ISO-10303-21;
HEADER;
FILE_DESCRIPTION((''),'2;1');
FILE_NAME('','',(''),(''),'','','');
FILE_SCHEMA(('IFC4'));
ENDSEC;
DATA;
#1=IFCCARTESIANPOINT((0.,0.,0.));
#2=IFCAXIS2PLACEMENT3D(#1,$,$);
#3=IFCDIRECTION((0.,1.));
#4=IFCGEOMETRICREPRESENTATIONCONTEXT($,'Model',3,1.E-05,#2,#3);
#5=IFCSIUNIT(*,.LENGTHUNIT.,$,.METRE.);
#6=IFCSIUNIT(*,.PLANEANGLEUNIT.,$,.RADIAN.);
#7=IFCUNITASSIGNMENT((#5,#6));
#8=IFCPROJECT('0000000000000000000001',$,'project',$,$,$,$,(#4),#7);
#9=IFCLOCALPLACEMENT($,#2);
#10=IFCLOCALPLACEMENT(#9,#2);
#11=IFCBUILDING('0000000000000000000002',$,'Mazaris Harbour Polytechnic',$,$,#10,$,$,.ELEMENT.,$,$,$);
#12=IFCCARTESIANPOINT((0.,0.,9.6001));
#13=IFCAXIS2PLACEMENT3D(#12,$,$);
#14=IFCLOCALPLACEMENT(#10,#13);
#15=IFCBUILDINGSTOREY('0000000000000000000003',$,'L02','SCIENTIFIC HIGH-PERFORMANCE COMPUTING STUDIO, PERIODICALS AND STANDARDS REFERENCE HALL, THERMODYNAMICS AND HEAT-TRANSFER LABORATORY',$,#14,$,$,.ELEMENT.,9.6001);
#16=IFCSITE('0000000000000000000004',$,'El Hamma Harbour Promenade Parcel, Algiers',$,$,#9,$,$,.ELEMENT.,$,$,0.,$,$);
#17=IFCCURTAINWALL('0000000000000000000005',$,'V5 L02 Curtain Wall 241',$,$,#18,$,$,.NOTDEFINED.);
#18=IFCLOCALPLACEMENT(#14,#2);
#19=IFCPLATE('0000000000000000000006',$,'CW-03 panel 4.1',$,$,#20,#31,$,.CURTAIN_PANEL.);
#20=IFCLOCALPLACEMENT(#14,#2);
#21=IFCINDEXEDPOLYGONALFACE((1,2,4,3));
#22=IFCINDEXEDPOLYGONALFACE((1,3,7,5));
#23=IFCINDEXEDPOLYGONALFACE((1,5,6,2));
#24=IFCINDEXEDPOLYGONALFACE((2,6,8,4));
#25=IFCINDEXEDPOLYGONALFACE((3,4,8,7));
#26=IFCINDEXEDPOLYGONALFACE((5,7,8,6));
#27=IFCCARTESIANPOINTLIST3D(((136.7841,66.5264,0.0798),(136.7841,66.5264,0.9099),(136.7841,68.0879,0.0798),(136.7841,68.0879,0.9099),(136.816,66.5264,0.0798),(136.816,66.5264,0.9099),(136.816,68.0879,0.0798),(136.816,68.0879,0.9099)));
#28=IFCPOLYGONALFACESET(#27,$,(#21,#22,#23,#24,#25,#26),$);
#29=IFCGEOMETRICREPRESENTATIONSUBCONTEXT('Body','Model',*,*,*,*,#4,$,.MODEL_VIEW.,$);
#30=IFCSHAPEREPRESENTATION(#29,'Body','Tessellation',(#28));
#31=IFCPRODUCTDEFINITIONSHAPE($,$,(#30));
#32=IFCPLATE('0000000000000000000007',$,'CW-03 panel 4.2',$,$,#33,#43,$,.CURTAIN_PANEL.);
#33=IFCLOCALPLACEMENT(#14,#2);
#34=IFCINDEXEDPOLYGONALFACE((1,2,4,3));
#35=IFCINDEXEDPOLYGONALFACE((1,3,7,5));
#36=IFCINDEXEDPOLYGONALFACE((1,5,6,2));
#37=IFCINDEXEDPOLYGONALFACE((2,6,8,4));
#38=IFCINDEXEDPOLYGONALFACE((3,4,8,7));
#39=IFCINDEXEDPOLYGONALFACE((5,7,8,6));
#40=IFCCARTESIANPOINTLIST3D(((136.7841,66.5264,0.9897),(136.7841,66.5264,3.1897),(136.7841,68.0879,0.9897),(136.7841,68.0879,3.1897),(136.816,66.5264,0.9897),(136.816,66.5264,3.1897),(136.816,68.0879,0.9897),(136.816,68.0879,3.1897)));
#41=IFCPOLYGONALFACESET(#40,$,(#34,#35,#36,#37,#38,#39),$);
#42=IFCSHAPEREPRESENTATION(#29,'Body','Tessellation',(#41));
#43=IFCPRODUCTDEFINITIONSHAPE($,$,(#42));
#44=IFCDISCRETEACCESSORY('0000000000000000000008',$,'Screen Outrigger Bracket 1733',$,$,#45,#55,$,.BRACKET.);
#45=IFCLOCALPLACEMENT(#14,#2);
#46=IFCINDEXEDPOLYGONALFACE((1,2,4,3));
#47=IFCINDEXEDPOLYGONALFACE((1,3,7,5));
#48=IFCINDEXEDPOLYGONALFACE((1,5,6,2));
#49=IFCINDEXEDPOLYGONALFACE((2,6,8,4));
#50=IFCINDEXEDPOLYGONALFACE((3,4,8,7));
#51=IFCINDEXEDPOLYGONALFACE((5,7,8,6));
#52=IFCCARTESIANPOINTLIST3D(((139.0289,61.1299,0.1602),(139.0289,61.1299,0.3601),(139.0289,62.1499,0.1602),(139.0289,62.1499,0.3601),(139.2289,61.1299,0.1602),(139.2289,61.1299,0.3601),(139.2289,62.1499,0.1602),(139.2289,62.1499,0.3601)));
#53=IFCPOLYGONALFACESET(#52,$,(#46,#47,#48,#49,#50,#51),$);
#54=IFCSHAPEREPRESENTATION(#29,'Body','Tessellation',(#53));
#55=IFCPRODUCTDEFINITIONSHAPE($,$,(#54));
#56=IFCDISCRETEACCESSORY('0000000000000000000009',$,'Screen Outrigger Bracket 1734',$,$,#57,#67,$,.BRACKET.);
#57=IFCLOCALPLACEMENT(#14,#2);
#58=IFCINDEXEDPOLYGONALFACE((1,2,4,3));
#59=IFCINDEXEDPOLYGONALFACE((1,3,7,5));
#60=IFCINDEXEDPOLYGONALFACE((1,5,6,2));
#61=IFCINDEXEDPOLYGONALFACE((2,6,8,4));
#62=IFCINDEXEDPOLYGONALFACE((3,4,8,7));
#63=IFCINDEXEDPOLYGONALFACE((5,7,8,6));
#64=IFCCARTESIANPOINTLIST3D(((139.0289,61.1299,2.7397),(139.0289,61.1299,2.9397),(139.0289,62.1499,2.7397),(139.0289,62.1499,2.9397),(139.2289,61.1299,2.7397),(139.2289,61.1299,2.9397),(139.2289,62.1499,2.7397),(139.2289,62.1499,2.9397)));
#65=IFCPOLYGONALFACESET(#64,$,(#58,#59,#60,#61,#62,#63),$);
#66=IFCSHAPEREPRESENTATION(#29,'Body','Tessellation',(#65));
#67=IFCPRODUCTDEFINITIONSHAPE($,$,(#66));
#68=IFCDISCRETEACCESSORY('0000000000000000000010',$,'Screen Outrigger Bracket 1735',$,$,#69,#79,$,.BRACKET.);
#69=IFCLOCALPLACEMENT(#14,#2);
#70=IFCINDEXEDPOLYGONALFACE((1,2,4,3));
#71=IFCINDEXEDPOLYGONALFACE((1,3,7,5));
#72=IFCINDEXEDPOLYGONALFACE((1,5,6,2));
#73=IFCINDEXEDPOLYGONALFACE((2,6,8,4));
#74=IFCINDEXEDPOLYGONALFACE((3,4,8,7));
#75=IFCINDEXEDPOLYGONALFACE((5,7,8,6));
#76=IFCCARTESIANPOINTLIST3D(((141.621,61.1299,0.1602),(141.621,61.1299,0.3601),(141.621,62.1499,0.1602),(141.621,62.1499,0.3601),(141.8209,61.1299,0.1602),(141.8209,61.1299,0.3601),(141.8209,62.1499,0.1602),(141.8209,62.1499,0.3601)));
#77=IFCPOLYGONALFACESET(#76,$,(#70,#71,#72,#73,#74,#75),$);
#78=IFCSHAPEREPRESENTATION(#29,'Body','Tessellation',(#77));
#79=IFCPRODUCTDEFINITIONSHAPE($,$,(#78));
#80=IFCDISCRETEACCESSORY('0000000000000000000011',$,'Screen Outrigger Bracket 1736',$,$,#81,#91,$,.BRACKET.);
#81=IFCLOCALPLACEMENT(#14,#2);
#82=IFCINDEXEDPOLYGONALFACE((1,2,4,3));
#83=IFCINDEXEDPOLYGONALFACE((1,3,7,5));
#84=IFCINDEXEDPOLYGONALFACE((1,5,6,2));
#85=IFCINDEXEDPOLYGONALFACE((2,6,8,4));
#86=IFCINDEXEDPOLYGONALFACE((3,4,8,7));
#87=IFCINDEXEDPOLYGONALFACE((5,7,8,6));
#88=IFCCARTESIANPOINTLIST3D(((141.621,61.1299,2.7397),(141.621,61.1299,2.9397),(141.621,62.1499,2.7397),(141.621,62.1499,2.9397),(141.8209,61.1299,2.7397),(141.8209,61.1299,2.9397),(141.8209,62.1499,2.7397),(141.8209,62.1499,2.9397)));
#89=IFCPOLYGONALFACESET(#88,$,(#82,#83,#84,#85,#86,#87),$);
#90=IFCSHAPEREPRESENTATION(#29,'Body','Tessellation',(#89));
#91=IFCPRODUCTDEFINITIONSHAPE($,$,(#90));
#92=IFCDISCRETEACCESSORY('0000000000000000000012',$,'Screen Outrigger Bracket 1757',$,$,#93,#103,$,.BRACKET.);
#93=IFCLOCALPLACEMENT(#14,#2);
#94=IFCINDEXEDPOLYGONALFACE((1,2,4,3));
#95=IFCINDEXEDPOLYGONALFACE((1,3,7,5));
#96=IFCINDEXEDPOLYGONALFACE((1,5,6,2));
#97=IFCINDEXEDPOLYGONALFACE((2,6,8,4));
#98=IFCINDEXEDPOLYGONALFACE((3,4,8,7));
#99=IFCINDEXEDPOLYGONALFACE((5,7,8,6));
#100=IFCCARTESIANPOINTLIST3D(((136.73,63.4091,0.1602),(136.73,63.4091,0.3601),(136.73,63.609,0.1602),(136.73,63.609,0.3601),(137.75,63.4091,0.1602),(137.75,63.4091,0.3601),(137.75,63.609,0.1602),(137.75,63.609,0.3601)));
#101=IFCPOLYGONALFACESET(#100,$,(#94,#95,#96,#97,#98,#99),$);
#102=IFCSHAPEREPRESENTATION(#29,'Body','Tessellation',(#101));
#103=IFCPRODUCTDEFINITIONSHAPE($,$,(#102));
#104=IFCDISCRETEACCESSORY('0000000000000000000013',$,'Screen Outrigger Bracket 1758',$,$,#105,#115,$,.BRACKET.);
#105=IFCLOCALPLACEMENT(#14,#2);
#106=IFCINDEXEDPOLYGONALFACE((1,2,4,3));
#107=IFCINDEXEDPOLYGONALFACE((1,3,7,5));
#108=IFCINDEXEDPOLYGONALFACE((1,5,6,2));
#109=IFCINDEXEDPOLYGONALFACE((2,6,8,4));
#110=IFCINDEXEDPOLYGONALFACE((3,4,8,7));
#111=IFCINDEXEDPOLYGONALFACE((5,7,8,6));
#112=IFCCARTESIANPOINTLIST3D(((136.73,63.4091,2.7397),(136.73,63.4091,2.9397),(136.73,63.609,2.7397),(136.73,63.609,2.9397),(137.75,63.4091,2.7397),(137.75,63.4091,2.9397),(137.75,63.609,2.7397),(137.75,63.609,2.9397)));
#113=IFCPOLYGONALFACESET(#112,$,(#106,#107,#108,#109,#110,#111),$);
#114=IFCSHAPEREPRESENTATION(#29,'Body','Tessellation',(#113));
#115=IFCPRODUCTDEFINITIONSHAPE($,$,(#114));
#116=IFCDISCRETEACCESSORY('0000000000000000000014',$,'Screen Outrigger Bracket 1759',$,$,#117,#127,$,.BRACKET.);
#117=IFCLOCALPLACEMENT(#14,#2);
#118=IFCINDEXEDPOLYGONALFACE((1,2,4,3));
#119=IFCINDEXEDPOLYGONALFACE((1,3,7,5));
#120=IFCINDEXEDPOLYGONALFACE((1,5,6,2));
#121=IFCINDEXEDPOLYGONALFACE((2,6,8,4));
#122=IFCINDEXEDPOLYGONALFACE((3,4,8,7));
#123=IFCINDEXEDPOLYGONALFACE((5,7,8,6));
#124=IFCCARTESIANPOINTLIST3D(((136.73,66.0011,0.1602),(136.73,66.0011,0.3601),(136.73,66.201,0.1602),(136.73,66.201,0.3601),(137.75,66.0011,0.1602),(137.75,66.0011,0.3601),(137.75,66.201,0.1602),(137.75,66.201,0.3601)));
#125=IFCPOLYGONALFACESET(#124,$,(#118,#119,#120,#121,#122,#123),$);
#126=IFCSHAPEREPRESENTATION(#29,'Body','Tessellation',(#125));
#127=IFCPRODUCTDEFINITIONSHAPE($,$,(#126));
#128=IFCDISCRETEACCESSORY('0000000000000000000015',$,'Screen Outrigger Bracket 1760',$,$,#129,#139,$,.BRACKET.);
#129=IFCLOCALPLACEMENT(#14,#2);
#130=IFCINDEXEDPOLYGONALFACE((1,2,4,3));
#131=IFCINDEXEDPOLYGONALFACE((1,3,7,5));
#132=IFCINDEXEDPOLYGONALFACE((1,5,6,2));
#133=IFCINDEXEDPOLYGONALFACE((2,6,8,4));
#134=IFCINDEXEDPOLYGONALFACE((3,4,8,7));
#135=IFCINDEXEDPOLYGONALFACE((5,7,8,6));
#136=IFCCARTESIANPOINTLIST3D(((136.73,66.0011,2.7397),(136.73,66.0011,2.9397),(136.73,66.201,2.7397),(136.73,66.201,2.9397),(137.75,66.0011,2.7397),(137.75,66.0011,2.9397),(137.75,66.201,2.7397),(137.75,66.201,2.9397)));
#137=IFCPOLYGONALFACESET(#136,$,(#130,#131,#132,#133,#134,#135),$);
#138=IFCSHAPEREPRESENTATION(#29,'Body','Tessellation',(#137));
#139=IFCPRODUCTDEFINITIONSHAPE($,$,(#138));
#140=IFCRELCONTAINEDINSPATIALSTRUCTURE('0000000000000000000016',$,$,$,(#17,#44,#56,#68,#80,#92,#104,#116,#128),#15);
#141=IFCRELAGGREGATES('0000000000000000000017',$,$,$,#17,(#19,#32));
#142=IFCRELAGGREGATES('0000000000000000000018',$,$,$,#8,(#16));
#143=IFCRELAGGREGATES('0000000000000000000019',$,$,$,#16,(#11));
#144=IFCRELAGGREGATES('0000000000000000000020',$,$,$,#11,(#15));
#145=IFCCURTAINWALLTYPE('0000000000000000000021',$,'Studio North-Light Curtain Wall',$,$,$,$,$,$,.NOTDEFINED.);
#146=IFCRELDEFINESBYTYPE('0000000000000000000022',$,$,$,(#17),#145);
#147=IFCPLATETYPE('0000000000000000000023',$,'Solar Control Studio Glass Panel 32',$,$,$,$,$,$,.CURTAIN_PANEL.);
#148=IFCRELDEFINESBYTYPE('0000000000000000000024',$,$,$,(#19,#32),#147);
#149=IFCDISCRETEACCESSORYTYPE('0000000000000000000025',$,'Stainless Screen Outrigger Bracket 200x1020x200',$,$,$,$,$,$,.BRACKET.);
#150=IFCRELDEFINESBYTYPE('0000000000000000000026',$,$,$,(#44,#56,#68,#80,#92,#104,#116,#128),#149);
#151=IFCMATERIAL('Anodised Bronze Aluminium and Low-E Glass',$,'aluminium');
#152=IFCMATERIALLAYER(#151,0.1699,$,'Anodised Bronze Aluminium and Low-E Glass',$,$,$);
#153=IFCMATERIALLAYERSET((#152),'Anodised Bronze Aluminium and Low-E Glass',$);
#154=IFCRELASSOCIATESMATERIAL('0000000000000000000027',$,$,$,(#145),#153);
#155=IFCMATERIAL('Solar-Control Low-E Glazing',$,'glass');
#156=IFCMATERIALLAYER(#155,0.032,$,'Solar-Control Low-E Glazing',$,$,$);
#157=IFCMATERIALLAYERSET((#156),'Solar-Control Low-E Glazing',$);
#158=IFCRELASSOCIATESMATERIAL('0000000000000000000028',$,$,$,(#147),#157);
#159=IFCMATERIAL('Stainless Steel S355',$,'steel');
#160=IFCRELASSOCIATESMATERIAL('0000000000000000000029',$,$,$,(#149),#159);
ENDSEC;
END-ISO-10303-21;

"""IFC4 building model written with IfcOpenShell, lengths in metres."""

from ifc_helpers import new_model, si_unit, direction, frame, origin, origin_2d, place, context, subcontext, project, spatial, rectangle, extrude, material, layer, layer_set, type_object, element, aggregate, save


model = new_model("IFC4")

# Units and contexts
model_context = context("Model", 3, precision=1e-05, world=origin(), true_north=direction((0.0, 1.0)))
body_context = subcontext(model_context, "Body", "Model", "MODEL_VIEW")
ifc_project = project(units=[si_unit("LENGTHUNIT", "METRE"), si_unit("PLANEANGLEUNIT", "RADIAN")], contexts=[model_context])

# Site, building, storey
site_placement = place(None, origin())
site = spatial("IfcSite", under=ifc_project, at=site_placement, Name="El Hamma Harbour Promenade Parcel, Algiers", CompositionType="ELEMENT", RefElevation=0.0)
building_placement = place(site_placement, origin())
building = spatial("IfcBuilding", under=site, at=building_placement, Name="Mazaris Harbour Polytechnic", CompositionType="ELEMENT")
storey_placement = place(building_placement, frame((0.0, 0.0, 9.6001)))
storey = spatial("IfcBuildingStorey", under=building, at=storey_placement, Name="L02", Description="SCIENTIFIC HIGH-PERFORMANCE COMPUTING STUDIO, PERIODICALS AND STANDARDS REFERENCE HALL, THERMODYNAMICS AND HEAT-TRANSFER LABORATORY", CompositionType="ELEMENT", Elevation=9.6001)

# Curtain wall
ifc_material_1 = material(Name="Anodised Bronze Aluminium and Low-E Glass", Category="aluminium")
ifc_layer_1 = layer(ifc_material_1, 0.1699, Name="Anodised Bronze Aluminium and Low-E Glass")
ifc_layer_set_1 = layer_set([ifc_layer_1], Name="Anodised Bronze Aluminium and Low-E Glass")
curtain_wall_type = type_object("IfcCurtainWallType", Name="Studio North-Light Curtain Wall", PredefinedType="NOTDEFINED", material=ifc_layer_set_1)
curtain_wall_1_placement = place(storey_placement, origin())
curtain_wall_1 = element("IfcCurtainWall", 1, at=curtain_wall_1_placement, inside=storey, type_object=curtain_wall_type, Name="V5 L02 Curtain Wall 241", PredefinedType="NOTDEFINED")

# Shared definitions
ifc_material_2 = material(Name="Solar-Control Low-E Glazing", Category="glass")
ifc_layer_2 = layer(ifc_material_2, 0.032, Name="Solar-Control Low-E Glazing")
ifc_layer_set_2 = layer_set([ifc_layer_2], Name="Solar-Control Low-E Glazing")
plate_type = type_object("IfcPlateType", Name="Solar Control Studio Glass Panel 32", PredefinedType="CURTAIN_PANEL", material=ifc_layer_set_2)

# Plates
plate_1_placement = place(storey_placement, frame((136.8, 67.3071, 0.0798), z_axis=(0.0, 0.0, 1.0), x_axis=(0.0, 1.0, 0.0)))
plate_1 = element("IfcPlate", 2, at=plate_1_placement, type_object=plate_type, Name="CW-03 panel 4.1", PredefinedType="CURTAIN_PANEL", context=body_context, shape_type="SweptSolid", body=[
    extrude(rectangle(XDim=1.5615, YDim=0.032, at=origin_2d()), origin(), (0.0, 0.0, 1.0), 0.8301),
])
plate_2_placement = place(storey_placement, frame((136.8, 67.3071, 0.9897), z_axis=(0.0, 0.0, 1.0), x_axis=(0.0, 1.0, 0.0)))
plate_2 = element("IfcPlate", 3, at=plate_2_placement, type_object=plate_type, Name="CW-03 panel 4.2", PredefinedType="CURTAIN_PANEL", context=body_context, shape_type="SweptSolid", body=[
    extrude(rectangle(XDim=1.5615, YDim=0.032, at=origin_2d()), origin(), (0.0, 0.0, 1.0), 2.2),
])
aggregate(curtain_wall_1, [plate_1, plate_2])

# Discrete accessories
ifc_material_3 = material(Name="Stainless Steel S355", Category="steel")
discrete_accessory_type = type_object("IfcDiscreteAccessoryType", Name="Stainless Screen Outrigger Bracket 200x1020x200", PredefinedType="BRACKET", material=ifc_material_3)
for number, where, z_axis, x_axis, name in (
    (4, (139.1289, 61.6399, 0.1602), (0.0, 0.0, 1.0), (1.0, 0.0, 0.0), "Screen Outrigger Bracket 1733"),
    (5, (139.1289, 61.6399, 2.7397), (0.0, 0.0, 1.0), (1.0, 0.0, 0.0), "Screen Outrigger Bracket 1734"),
    (6, (141.7209, 61.6399, 0.1602), (0.0, 0.0, 1.0), (1.0, 0.0, 0.0), "Screen Outrigger Bracket 1735"),
    (7, (141.7209, 61.6399, 2.7397), (0.0, 0.0, 1.0), (1.0, 0.0, 0.0), "Screen Outrigger Bracket 1736"),
    (8, (137.24, 63.509, 0.1602), (0.0, 0.0, 1.0), (0.0, 1.0, 0.0), "Screen Outrigger Bracket 1757"),
    (9, (137.24, 63.509, 2.7397), (0.0, 0.0, 1.0), (0.0, 1.0, 0.0), "Screen Outrigger Bracket 1758"),
    (10, (137.24, 66.1011, 0.1602), (0.0, 0.0, 1.0), (0.0, 1.0, 0.0), "Screen Outrigger Bracket 1759"),
    (11, (137.24, 66.1011, 2.7397), (0.0, 0.0, 1.0), (0.0, 1.0, 0.0), "Screen Outrigger Bracket 1760"),
):
    element("IfcDiscreteAccessory", number, at=place(storey_placement, frame(where, z_axis=z_axis, x_axis=x_axis)), inside=storey, type_object=discrete_accessory_type, Name=name, PredefinedType="BRACKET", context=body_context, shape_type="SweptSolid", body=[
        extrude(rectangle(XDim=0.2, YDim=1.02, at=origin_2d()), origin(), (0.0, 0.0, 1.0), 0.2),
    ])

save(model, "model.ifc")
